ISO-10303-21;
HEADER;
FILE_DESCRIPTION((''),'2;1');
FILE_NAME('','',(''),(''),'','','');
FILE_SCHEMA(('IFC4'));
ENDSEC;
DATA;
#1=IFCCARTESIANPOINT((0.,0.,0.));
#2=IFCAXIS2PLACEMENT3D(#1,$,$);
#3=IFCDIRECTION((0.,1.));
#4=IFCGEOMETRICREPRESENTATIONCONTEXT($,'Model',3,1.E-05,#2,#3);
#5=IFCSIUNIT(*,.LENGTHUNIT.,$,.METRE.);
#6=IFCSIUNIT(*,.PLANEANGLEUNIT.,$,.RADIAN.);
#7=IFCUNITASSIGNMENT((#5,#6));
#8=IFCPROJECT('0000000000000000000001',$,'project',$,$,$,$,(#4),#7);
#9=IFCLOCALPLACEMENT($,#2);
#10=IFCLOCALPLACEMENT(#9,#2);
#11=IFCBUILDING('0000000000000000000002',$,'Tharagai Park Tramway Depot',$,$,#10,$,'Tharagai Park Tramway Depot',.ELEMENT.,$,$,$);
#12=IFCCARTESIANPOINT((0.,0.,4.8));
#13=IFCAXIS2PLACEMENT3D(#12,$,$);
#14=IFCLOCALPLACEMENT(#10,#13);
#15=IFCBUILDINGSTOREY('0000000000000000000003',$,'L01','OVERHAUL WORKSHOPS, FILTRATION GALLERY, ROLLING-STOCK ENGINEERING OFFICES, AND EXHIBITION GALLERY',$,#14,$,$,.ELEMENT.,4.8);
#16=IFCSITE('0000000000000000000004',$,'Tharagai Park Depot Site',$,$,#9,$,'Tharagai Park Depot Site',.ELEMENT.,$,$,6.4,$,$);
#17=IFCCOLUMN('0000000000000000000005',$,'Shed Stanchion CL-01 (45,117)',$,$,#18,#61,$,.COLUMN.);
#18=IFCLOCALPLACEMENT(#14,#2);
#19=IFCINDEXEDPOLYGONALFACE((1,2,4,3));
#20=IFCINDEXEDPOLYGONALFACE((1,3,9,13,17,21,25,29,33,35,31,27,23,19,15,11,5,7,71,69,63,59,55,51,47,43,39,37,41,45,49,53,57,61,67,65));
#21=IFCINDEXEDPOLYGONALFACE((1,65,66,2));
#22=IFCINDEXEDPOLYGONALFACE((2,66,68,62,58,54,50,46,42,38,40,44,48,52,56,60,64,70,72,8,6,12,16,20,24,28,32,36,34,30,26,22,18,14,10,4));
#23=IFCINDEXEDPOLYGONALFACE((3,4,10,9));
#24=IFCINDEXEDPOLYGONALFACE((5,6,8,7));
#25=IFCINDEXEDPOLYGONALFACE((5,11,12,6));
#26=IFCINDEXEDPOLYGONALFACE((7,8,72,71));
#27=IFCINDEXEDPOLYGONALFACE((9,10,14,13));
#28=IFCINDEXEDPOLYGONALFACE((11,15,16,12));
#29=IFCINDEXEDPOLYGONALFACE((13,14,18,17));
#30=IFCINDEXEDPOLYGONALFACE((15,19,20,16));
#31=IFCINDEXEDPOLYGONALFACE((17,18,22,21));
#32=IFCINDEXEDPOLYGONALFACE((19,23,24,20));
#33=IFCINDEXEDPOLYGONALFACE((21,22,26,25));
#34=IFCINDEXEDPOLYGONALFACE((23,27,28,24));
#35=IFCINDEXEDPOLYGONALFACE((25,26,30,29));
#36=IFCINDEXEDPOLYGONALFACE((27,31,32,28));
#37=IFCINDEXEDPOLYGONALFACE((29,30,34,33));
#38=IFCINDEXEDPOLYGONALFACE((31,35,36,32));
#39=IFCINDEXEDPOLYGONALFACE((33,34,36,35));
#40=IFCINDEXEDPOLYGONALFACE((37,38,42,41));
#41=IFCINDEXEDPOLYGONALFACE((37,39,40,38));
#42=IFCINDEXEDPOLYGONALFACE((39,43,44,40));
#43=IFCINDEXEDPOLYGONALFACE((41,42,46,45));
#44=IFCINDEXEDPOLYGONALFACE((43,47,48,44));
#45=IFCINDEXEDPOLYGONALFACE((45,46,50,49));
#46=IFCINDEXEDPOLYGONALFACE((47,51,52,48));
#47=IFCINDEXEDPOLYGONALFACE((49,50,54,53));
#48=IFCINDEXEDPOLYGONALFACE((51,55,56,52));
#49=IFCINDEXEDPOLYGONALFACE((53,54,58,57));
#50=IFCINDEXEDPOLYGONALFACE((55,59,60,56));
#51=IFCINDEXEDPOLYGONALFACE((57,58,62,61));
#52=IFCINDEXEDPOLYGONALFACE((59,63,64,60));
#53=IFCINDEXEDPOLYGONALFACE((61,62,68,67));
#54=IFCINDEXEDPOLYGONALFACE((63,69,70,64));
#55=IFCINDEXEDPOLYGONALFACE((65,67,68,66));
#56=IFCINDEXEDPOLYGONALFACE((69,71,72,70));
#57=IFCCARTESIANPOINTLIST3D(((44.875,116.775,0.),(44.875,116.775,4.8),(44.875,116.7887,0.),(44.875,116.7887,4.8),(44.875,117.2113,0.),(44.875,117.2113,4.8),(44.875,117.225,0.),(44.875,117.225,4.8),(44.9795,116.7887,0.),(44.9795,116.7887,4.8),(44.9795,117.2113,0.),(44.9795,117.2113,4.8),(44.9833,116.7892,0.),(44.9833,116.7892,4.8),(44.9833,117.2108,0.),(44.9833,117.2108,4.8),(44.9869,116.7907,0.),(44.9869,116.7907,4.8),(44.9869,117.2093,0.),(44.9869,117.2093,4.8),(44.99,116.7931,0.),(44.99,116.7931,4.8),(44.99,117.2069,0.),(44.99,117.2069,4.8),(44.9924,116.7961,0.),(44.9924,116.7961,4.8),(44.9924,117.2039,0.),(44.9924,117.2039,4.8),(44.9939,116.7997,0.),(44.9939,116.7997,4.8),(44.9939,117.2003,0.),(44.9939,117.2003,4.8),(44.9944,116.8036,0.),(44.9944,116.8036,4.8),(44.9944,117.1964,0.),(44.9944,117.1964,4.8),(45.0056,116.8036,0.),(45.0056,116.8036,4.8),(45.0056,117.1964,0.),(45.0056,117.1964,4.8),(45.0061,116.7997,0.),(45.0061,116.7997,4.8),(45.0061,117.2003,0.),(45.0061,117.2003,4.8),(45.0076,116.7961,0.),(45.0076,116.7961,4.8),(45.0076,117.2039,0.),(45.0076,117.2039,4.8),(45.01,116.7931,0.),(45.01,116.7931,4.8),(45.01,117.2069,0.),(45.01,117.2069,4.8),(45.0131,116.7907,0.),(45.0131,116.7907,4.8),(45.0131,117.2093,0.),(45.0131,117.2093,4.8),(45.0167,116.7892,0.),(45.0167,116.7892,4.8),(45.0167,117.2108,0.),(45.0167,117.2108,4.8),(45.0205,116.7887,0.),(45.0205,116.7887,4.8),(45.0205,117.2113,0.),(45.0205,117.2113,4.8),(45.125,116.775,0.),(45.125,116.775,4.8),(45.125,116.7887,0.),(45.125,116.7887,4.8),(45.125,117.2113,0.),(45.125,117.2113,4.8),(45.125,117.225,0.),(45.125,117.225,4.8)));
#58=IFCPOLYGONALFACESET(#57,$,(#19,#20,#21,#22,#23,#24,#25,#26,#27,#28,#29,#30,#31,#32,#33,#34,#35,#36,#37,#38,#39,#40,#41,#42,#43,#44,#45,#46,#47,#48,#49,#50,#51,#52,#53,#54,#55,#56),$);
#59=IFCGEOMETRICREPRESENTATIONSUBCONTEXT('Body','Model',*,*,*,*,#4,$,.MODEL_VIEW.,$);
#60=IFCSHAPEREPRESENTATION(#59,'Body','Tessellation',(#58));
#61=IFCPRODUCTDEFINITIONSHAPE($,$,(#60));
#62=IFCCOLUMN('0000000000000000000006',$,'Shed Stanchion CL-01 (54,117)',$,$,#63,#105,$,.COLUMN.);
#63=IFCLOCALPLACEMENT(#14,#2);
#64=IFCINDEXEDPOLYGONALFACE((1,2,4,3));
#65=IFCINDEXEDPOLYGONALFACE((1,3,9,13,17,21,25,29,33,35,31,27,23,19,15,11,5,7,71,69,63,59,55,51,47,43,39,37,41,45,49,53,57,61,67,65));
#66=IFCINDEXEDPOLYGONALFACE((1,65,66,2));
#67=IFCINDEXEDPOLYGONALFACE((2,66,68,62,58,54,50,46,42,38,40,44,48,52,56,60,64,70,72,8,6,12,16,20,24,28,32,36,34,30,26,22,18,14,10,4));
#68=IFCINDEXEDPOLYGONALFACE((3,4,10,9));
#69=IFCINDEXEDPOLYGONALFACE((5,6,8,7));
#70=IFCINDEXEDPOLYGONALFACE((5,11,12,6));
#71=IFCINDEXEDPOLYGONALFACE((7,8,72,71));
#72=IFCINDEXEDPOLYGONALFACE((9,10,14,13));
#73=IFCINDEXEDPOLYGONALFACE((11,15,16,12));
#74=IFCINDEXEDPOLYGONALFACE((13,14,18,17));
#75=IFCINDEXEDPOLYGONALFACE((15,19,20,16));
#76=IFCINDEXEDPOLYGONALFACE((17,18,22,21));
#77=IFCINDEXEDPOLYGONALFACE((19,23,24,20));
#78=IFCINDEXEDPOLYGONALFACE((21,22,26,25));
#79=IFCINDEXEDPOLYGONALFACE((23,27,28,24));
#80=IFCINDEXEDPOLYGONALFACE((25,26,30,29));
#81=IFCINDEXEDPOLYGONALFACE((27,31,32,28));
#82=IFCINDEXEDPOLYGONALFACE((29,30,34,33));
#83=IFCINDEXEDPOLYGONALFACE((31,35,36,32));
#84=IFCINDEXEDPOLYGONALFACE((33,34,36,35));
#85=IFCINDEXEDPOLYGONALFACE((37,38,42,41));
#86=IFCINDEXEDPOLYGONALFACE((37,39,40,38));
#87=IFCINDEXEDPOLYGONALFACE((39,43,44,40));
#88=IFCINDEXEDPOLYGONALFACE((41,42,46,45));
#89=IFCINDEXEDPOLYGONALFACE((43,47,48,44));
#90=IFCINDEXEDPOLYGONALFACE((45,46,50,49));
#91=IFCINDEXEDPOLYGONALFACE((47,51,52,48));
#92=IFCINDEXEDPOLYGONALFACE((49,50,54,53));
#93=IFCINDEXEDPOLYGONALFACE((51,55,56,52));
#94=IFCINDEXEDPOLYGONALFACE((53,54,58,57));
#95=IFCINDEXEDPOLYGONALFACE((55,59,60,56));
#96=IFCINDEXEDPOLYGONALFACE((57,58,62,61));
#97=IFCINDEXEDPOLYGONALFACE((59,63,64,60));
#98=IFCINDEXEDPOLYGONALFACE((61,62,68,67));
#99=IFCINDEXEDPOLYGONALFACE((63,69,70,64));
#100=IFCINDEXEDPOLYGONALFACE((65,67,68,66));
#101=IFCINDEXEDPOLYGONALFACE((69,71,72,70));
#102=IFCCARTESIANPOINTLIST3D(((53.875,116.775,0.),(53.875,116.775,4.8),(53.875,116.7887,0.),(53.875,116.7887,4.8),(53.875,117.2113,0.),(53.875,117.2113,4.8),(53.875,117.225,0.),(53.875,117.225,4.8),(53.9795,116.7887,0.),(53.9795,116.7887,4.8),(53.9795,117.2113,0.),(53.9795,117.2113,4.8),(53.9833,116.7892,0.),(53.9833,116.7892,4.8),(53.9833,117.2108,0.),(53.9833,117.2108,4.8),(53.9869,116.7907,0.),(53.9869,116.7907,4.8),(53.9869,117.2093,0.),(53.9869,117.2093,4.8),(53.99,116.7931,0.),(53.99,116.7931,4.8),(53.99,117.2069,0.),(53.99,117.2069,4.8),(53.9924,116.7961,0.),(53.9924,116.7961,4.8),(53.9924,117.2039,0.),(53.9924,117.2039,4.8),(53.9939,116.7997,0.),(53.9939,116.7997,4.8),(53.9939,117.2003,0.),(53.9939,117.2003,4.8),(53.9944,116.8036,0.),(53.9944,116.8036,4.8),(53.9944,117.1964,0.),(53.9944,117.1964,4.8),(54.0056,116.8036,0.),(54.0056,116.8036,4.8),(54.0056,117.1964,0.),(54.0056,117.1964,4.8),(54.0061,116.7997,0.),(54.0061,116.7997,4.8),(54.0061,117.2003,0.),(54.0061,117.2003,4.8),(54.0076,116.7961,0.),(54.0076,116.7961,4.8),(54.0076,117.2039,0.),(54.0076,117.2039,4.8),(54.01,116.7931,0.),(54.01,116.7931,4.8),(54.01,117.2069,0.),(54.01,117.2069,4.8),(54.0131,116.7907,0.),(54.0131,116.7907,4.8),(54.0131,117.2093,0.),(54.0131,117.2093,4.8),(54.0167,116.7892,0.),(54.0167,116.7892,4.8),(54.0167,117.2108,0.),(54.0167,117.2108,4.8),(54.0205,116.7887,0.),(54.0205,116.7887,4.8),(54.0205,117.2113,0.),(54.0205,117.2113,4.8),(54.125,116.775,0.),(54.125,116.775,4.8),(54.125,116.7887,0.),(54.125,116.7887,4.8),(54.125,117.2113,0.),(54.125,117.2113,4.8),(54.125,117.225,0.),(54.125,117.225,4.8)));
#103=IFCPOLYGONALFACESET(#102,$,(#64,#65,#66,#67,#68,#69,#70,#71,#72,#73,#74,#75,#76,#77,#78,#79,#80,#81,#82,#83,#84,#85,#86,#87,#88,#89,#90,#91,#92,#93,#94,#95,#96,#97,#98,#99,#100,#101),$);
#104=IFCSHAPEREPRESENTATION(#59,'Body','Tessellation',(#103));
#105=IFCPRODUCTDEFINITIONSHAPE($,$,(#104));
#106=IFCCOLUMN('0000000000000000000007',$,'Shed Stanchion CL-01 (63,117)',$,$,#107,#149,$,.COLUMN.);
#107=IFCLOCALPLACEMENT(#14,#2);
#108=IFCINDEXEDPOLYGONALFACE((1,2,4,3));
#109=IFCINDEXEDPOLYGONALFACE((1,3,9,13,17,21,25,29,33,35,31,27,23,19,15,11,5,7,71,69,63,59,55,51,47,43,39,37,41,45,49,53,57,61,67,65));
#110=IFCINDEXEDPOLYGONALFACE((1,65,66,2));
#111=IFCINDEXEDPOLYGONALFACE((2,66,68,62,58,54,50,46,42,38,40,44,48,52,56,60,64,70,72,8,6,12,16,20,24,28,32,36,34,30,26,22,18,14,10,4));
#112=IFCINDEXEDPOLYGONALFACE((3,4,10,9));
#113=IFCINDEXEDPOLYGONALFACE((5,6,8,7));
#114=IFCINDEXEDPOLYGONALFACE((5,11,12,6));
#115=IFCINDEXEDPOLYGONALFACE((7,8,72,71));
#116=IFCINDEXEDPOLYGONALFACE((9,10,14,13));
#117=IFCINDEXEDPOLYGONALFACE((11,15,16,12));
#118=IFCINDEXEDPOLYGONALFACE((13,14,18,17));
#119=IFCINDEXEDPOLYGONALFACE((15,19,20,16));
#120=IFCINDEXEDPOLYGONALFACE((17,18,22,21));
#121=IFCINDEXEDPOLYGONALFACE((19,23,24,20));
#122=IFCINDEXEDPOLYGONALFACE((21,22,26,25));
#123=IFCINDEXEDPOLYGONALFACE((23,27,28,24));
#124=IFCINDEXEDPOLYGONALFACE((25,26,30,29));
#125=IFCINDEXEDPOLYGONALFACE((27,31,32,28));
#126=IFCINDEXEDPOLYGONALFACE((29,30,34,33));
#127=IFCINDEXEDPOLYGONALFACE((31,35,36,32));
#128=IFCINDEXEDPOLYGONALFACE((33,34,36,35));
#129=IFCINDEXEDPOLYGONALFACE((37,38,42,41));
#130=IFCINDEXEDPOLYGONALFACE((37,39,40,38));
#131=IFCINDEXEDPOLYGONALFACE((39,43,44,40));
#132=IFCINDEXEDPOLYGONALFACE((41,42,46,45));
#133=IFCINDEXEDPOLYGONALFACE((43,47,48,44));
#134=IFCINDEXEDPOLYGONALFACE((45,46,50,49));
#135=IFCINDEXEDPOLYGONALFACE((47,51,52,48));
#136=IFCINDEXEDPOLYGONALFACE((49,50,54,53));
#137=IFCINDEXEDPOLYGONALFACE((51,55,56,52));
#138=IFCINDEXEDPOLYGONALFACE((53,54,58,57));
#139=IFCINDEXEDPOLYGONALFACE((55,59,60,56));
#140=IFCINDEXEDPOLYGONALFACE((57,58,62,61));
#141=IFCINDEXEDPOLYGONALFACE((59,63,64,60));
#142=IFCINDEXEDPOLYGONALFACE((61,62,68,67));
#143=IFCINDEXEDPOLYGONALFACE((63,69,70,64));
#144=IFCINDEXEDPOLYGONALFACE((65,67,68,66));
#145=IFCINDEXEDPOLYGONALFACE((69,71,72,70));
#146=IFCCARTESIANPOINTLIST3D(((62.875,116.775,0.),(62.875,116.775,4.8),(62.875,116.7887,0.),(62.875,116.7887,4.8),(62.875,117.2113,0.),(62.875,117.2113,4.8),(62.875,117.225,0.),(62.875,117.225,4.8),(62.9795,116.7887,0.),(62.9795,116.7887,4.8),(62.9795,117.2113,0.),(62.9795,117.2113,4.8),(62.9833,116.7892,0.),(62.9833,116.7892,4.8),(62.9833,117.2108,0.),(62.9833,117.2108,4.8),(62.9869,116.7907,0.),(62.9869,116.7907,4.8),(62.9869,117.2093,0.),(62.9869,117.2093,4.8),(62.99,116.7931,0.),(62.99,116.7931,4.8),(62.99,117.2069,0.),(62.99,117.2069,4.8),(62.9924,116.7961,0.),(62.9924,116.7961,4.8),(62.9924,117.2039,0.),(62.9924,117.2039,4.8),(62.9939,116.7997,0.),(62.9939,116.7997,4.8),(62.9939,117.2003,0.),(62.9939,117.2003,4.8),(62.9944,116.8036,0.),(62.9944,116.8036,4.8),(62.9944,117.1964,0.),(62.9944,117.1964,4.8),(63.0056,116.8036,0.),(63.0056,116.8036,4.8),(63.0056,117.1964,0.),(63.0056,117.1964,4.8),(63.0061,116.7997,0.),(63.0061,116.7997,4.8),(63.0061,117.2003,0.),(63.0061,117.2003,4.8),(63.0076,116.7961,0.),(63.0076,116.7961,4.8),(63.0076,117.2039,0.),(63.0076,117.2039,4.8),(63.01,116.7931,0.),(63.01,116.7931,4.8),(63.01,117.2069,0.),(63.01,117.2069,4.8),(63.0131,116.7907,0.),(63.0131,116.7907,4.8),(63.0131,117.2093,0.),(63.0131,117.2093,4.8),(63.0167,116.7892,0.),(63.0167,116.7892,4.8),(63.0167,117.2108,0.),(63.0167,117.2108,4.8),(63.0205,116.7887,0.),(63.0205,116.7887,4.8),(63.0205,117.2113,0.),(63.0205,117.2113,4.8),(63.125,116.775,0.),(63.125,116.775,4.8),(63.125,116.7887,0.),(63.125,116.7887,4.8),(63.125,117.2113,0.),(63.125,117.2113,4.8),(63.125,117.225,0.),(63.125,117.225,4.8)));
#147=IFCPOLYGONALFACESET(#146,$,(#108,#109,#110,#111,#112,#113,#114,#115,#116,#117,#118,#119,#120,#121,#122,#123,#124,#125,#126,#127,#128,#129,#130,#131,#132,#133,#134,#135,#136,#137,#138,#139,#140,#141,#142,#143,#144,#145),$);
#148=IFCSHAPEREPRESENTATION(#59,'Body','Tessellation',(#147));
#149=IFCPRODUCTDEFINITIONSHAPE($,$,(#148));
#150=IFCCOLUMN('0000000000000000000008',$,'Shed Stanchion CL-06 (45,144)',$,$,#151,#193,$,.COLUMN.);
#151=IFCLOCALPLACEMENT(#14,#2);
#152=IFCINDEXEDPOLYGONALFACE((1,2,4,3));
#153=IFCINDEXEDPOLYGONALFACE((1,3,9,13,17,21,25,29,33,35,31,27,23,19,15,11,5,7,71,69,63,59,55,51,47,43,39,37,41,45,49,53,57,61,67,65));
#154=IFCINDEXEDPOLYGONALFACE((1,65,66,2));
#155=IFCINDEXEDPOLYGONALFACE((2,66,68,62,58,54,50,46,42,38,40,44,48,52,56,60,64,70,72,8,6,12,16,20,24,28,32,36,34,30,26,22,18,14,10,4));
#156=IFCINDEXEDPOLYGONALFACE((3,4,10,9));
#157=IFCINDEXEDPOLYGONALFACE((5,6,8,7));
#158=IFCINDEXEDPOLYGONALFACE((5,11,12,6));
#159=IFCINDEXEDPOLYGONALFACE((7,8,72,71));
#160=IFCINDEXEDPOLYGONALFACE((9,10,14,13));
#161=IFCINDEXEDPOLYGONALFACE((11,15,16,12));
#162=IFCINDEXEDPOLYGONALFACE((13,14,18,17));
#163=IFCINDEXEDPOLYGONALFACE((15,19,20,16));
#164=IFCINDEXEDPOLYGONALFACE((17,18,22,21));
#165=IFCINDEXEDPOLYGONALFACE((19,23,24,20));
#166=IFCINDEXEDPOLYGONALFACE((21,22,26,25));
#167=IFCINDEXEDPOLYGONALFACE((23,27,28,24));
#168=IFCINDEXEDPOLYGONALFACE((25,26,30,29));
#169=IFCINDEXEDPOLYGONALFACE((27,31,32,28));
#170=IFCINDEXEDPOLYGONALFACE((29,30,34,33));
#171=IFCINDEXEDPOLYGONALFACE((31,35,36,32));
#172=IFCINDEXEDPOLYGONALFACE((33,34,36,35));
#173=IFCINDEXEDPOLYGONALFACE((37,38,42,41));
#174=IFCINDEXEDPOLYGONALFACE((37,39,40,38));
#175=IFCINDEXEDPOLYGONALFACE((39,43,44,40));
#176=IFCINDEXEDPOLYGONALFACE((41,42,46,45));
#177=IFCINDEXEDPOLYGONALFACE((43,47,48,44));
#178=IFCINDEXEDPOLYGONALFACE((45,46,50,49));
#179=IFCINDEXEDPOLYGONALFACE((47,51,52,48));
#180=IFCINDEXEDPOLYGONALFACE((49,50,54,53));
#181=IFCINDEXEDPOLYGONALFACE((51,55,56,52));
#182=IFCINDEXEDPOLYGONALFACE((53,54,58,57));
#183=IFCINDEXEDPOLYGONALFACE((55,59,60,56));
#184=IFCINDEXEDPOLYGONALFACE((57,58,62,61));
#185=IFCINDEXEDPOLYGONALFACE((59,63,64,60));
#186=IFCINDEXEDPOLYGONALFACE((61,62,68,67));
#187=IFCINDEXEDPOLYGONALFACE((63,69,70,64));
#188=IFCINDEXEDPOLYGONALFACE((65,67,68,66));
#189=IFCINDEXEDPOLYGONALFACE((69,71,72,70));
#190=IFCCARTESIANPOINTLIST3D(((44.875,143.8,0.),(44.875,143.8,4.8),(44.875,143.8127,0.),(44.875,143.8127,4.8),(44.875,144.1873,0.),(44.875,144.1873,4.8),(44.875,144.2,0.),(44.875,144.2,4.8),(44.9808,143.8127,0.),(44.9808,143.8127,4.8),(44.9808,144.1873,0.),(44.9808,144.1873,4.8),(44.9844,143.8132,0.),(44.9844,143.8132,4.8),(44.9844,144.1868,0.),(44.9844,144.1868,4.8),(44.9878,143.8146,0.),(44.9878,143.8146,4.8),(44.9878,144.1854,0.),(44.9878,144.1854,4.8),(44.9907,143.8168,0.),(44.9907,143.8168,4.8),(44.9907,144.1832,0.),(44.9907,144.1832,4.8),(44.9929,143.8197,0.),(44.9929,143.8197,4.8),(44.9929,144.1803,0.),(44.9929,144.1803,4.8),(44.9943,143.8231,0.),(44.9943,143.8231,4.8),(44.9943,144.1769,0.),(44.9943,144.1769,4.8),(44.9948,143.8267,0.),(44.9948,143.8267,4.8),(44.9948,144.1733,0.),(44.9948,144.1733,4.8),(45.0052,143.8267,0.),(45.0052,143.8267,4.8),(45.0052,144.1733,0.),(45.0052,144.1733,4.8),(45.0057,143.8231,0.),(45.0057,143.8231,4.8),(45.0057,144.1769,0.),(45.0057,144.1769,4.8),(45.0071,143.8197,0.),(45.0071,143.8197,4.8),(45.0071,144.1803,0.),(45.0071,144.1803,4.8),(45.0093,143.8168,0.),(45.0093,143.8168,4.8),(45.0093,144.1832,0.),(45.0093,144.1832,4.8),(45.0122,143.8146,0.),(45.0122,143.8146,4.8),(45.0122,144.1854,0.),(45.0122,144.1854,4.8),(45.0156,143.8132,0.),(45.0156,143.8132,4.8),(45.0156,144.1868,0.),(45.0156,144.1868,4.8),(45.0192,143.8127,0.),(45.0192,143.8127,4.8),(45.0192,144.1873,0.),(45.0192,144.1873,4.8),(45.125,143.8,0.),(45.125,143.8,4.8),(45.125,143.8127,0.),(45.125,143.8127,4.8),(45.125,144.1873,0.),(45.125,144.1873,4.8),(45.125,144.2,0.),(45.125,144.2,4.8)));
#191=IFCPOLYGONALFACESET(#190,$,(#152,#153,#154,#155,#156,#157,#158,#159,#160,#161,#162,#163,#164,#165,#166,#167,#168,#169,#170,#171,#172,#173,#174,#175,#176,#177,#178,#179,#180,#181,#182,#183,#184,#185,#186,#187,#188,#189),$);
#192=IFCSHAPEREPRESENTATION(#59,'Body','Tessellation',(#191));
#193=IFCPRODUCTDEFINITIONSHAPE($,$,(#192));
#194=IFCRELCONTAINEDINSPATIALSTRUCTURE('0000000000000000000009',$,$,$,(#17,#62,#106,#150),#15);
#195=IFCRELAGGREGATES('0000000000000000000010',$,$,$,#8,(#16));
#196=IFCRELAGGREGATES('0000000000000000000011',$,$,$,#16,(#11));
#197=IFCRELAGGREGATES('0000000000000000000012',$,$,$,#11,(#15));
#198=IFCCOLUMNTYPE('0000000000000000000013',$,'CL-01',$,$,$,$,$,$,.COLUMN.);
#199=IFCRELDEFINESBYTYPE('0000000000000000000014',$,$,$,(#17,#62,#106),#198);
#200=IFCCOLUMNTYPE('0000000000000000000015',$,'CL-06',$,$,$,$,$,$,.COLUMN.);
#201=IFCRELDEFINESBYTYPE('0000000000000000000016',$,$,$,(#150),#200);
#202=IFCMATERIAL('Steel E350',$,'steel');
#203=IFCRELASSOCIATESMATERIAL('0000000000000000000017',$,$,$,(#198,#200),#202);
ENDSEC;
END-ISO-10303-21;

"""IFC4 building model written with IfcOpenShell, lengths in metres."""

from ifc_helpers import new_model, si_unit, direction, frame, origin, origin_2d, place, context, subcontext, project, spatial, i_section, extrude, material, material_profile, profile_set, type_object, element, save


model = new_model("IFC4")

# Units and contexts
model_context = context("Model", 3, precision=1e-05, world=origin(), true_north=direction((0.0, 1.0)))
body_context = subcontext(model_context, "Body", "Model", "MODEL_VIEW")
ifc_project = project(units=[si_unit("LENGTHUNIT", "METRE"), si_unit("PLANEANGLEUNIT", "RADIAN")], contexts=[model_context])

# Site, building, storey
site_placement = place(None, origin())
site = spatial("IfcSite", under=ifc_project, at=site_placement, Name="Tharagai Park Depot Site", LongName="Tharagai Park Depot Site", CompositionType="ELEMENT", RefElevation=6.4)
building_placement = place(site_placement, origin())
building = spatial("IfcBuilding", under=site, at=building_placement, Name="Tharagai Park Tramway Depot", LongName="Tharagai Park Tramway Depot", CompositionType="ELEMENT")
storey_placement = place(building_placement, frame((0.0, 0.0, 4.8)))
storey = spatial("IfcBuildingStorey", under=building, at=storey_placement, Name="L01", Description="OVERHAUL WORKSHOPS, FILTRATION GALLERY, ROLLING-STOCK ENGINEERING OFFICES, AND EXHIBITION GALLERY", CompositionType="ELEMENT", Elevation=4.8)

# Columns
ifc_material_1 = material(Name="Steel E350", Category="steel")
ifc_material_profile_1 = material_profile(ifc_material_1, i_section(OverallWidth=0.25, OverallDepth=0.45, WebThickness=0.0112, FlangeThickness=0.0137, FilletRadius=0.0149, at=origin_2d()), Name="ISHB 450")
ifc_profile_set_1 = profile_set([ifc_material_profile_1], Name="Steel E350")
column_type_1 = type_object("IfcColumnType", Name="CL-01", PredefinedType="COLUMN", material=ifc_profile_set_1)
for number, where, z_axis, x_axis, name in (
    (1, (45.0, 117.0, 0.0), (0.0, 0.0, 1.0), (1.0, 0.0, 0.0), "Shed Stanchion CL-01 (45,117)"),
    (2, (54.0, 117.0, 0.0), (0.0, 0.0, 1.0), (1.0, 0.0, 0.0), "Shed Stanchion CL-01 (54,117)"),
    (3, (63.0, 117.0, 0.0), (0.0, 0.0, 1.0), (1.0, 0.0, 0.0), "Shed Stanchion CL-01 (63,117)"),
):
    element("IfcColumn", number, at=place(storey_placement, frame(where, z_axis=z_axis, x_axis=x_axis)), inside=storey, type_object=column_type_1, Name=name, PredefinedType="COLUMN", context=body_context, shape_type="SweptSolid", body=[
        extrude(i_section(OverallWidth=0.25, OverallDepth=0.45, WebThickness=0.0112, FlangeThickness=0.0137, FilletRadius=0.0149, at=origin_2d()), origin(), (0.0, 0.0, 1.0), 4.8),
    ])
ifc_material_profile_2 = material_profile(ifc_material_1, i_section(OverallWidth=0.25, OverallDepth=0.3999, WebThickness=0.0105, FlangeThickness=0.0127, FilletRadius=0.0139, at=origin_2d()), Name="ISHB 400")
ifc_profile_set_2 = profile_set([ifc_material_profile_2], Name="Steel E350")
column_type_2 = type_object("IfcColumnType", Name="CL-06", PredefinedType="COLUMN", material=ifc_profile_set_2)
for number, where, z_axis, x_axis, name in (
    (4, (45.0, 144.0, 0.0), (0.0, 0.0, 1.0), (1.0, 0.0, 0.0), "Shed Stanchion CL-06 (45,144)"),
):
    element("IfcColumn", number, at=place(storey_placement, frame(where, z_axis=z_axis, x_axis=x_axis)), inside=storey, type_object=column_type_2, Name=name, PredefinedType="COLUMN", context=body_context, shape_type="SweptSolid", body=[
        extrude(i_section(OverallWidth=0.25, OverallDepth=0.3999, WebThickness=0.0105, FlangeThickness=0.0127, FilletRadius=0.0139, at=origin_2d()), origin(), (0.0, 0.0, 1.0), 4.8),
    ])

save(model, "model.ifc")
